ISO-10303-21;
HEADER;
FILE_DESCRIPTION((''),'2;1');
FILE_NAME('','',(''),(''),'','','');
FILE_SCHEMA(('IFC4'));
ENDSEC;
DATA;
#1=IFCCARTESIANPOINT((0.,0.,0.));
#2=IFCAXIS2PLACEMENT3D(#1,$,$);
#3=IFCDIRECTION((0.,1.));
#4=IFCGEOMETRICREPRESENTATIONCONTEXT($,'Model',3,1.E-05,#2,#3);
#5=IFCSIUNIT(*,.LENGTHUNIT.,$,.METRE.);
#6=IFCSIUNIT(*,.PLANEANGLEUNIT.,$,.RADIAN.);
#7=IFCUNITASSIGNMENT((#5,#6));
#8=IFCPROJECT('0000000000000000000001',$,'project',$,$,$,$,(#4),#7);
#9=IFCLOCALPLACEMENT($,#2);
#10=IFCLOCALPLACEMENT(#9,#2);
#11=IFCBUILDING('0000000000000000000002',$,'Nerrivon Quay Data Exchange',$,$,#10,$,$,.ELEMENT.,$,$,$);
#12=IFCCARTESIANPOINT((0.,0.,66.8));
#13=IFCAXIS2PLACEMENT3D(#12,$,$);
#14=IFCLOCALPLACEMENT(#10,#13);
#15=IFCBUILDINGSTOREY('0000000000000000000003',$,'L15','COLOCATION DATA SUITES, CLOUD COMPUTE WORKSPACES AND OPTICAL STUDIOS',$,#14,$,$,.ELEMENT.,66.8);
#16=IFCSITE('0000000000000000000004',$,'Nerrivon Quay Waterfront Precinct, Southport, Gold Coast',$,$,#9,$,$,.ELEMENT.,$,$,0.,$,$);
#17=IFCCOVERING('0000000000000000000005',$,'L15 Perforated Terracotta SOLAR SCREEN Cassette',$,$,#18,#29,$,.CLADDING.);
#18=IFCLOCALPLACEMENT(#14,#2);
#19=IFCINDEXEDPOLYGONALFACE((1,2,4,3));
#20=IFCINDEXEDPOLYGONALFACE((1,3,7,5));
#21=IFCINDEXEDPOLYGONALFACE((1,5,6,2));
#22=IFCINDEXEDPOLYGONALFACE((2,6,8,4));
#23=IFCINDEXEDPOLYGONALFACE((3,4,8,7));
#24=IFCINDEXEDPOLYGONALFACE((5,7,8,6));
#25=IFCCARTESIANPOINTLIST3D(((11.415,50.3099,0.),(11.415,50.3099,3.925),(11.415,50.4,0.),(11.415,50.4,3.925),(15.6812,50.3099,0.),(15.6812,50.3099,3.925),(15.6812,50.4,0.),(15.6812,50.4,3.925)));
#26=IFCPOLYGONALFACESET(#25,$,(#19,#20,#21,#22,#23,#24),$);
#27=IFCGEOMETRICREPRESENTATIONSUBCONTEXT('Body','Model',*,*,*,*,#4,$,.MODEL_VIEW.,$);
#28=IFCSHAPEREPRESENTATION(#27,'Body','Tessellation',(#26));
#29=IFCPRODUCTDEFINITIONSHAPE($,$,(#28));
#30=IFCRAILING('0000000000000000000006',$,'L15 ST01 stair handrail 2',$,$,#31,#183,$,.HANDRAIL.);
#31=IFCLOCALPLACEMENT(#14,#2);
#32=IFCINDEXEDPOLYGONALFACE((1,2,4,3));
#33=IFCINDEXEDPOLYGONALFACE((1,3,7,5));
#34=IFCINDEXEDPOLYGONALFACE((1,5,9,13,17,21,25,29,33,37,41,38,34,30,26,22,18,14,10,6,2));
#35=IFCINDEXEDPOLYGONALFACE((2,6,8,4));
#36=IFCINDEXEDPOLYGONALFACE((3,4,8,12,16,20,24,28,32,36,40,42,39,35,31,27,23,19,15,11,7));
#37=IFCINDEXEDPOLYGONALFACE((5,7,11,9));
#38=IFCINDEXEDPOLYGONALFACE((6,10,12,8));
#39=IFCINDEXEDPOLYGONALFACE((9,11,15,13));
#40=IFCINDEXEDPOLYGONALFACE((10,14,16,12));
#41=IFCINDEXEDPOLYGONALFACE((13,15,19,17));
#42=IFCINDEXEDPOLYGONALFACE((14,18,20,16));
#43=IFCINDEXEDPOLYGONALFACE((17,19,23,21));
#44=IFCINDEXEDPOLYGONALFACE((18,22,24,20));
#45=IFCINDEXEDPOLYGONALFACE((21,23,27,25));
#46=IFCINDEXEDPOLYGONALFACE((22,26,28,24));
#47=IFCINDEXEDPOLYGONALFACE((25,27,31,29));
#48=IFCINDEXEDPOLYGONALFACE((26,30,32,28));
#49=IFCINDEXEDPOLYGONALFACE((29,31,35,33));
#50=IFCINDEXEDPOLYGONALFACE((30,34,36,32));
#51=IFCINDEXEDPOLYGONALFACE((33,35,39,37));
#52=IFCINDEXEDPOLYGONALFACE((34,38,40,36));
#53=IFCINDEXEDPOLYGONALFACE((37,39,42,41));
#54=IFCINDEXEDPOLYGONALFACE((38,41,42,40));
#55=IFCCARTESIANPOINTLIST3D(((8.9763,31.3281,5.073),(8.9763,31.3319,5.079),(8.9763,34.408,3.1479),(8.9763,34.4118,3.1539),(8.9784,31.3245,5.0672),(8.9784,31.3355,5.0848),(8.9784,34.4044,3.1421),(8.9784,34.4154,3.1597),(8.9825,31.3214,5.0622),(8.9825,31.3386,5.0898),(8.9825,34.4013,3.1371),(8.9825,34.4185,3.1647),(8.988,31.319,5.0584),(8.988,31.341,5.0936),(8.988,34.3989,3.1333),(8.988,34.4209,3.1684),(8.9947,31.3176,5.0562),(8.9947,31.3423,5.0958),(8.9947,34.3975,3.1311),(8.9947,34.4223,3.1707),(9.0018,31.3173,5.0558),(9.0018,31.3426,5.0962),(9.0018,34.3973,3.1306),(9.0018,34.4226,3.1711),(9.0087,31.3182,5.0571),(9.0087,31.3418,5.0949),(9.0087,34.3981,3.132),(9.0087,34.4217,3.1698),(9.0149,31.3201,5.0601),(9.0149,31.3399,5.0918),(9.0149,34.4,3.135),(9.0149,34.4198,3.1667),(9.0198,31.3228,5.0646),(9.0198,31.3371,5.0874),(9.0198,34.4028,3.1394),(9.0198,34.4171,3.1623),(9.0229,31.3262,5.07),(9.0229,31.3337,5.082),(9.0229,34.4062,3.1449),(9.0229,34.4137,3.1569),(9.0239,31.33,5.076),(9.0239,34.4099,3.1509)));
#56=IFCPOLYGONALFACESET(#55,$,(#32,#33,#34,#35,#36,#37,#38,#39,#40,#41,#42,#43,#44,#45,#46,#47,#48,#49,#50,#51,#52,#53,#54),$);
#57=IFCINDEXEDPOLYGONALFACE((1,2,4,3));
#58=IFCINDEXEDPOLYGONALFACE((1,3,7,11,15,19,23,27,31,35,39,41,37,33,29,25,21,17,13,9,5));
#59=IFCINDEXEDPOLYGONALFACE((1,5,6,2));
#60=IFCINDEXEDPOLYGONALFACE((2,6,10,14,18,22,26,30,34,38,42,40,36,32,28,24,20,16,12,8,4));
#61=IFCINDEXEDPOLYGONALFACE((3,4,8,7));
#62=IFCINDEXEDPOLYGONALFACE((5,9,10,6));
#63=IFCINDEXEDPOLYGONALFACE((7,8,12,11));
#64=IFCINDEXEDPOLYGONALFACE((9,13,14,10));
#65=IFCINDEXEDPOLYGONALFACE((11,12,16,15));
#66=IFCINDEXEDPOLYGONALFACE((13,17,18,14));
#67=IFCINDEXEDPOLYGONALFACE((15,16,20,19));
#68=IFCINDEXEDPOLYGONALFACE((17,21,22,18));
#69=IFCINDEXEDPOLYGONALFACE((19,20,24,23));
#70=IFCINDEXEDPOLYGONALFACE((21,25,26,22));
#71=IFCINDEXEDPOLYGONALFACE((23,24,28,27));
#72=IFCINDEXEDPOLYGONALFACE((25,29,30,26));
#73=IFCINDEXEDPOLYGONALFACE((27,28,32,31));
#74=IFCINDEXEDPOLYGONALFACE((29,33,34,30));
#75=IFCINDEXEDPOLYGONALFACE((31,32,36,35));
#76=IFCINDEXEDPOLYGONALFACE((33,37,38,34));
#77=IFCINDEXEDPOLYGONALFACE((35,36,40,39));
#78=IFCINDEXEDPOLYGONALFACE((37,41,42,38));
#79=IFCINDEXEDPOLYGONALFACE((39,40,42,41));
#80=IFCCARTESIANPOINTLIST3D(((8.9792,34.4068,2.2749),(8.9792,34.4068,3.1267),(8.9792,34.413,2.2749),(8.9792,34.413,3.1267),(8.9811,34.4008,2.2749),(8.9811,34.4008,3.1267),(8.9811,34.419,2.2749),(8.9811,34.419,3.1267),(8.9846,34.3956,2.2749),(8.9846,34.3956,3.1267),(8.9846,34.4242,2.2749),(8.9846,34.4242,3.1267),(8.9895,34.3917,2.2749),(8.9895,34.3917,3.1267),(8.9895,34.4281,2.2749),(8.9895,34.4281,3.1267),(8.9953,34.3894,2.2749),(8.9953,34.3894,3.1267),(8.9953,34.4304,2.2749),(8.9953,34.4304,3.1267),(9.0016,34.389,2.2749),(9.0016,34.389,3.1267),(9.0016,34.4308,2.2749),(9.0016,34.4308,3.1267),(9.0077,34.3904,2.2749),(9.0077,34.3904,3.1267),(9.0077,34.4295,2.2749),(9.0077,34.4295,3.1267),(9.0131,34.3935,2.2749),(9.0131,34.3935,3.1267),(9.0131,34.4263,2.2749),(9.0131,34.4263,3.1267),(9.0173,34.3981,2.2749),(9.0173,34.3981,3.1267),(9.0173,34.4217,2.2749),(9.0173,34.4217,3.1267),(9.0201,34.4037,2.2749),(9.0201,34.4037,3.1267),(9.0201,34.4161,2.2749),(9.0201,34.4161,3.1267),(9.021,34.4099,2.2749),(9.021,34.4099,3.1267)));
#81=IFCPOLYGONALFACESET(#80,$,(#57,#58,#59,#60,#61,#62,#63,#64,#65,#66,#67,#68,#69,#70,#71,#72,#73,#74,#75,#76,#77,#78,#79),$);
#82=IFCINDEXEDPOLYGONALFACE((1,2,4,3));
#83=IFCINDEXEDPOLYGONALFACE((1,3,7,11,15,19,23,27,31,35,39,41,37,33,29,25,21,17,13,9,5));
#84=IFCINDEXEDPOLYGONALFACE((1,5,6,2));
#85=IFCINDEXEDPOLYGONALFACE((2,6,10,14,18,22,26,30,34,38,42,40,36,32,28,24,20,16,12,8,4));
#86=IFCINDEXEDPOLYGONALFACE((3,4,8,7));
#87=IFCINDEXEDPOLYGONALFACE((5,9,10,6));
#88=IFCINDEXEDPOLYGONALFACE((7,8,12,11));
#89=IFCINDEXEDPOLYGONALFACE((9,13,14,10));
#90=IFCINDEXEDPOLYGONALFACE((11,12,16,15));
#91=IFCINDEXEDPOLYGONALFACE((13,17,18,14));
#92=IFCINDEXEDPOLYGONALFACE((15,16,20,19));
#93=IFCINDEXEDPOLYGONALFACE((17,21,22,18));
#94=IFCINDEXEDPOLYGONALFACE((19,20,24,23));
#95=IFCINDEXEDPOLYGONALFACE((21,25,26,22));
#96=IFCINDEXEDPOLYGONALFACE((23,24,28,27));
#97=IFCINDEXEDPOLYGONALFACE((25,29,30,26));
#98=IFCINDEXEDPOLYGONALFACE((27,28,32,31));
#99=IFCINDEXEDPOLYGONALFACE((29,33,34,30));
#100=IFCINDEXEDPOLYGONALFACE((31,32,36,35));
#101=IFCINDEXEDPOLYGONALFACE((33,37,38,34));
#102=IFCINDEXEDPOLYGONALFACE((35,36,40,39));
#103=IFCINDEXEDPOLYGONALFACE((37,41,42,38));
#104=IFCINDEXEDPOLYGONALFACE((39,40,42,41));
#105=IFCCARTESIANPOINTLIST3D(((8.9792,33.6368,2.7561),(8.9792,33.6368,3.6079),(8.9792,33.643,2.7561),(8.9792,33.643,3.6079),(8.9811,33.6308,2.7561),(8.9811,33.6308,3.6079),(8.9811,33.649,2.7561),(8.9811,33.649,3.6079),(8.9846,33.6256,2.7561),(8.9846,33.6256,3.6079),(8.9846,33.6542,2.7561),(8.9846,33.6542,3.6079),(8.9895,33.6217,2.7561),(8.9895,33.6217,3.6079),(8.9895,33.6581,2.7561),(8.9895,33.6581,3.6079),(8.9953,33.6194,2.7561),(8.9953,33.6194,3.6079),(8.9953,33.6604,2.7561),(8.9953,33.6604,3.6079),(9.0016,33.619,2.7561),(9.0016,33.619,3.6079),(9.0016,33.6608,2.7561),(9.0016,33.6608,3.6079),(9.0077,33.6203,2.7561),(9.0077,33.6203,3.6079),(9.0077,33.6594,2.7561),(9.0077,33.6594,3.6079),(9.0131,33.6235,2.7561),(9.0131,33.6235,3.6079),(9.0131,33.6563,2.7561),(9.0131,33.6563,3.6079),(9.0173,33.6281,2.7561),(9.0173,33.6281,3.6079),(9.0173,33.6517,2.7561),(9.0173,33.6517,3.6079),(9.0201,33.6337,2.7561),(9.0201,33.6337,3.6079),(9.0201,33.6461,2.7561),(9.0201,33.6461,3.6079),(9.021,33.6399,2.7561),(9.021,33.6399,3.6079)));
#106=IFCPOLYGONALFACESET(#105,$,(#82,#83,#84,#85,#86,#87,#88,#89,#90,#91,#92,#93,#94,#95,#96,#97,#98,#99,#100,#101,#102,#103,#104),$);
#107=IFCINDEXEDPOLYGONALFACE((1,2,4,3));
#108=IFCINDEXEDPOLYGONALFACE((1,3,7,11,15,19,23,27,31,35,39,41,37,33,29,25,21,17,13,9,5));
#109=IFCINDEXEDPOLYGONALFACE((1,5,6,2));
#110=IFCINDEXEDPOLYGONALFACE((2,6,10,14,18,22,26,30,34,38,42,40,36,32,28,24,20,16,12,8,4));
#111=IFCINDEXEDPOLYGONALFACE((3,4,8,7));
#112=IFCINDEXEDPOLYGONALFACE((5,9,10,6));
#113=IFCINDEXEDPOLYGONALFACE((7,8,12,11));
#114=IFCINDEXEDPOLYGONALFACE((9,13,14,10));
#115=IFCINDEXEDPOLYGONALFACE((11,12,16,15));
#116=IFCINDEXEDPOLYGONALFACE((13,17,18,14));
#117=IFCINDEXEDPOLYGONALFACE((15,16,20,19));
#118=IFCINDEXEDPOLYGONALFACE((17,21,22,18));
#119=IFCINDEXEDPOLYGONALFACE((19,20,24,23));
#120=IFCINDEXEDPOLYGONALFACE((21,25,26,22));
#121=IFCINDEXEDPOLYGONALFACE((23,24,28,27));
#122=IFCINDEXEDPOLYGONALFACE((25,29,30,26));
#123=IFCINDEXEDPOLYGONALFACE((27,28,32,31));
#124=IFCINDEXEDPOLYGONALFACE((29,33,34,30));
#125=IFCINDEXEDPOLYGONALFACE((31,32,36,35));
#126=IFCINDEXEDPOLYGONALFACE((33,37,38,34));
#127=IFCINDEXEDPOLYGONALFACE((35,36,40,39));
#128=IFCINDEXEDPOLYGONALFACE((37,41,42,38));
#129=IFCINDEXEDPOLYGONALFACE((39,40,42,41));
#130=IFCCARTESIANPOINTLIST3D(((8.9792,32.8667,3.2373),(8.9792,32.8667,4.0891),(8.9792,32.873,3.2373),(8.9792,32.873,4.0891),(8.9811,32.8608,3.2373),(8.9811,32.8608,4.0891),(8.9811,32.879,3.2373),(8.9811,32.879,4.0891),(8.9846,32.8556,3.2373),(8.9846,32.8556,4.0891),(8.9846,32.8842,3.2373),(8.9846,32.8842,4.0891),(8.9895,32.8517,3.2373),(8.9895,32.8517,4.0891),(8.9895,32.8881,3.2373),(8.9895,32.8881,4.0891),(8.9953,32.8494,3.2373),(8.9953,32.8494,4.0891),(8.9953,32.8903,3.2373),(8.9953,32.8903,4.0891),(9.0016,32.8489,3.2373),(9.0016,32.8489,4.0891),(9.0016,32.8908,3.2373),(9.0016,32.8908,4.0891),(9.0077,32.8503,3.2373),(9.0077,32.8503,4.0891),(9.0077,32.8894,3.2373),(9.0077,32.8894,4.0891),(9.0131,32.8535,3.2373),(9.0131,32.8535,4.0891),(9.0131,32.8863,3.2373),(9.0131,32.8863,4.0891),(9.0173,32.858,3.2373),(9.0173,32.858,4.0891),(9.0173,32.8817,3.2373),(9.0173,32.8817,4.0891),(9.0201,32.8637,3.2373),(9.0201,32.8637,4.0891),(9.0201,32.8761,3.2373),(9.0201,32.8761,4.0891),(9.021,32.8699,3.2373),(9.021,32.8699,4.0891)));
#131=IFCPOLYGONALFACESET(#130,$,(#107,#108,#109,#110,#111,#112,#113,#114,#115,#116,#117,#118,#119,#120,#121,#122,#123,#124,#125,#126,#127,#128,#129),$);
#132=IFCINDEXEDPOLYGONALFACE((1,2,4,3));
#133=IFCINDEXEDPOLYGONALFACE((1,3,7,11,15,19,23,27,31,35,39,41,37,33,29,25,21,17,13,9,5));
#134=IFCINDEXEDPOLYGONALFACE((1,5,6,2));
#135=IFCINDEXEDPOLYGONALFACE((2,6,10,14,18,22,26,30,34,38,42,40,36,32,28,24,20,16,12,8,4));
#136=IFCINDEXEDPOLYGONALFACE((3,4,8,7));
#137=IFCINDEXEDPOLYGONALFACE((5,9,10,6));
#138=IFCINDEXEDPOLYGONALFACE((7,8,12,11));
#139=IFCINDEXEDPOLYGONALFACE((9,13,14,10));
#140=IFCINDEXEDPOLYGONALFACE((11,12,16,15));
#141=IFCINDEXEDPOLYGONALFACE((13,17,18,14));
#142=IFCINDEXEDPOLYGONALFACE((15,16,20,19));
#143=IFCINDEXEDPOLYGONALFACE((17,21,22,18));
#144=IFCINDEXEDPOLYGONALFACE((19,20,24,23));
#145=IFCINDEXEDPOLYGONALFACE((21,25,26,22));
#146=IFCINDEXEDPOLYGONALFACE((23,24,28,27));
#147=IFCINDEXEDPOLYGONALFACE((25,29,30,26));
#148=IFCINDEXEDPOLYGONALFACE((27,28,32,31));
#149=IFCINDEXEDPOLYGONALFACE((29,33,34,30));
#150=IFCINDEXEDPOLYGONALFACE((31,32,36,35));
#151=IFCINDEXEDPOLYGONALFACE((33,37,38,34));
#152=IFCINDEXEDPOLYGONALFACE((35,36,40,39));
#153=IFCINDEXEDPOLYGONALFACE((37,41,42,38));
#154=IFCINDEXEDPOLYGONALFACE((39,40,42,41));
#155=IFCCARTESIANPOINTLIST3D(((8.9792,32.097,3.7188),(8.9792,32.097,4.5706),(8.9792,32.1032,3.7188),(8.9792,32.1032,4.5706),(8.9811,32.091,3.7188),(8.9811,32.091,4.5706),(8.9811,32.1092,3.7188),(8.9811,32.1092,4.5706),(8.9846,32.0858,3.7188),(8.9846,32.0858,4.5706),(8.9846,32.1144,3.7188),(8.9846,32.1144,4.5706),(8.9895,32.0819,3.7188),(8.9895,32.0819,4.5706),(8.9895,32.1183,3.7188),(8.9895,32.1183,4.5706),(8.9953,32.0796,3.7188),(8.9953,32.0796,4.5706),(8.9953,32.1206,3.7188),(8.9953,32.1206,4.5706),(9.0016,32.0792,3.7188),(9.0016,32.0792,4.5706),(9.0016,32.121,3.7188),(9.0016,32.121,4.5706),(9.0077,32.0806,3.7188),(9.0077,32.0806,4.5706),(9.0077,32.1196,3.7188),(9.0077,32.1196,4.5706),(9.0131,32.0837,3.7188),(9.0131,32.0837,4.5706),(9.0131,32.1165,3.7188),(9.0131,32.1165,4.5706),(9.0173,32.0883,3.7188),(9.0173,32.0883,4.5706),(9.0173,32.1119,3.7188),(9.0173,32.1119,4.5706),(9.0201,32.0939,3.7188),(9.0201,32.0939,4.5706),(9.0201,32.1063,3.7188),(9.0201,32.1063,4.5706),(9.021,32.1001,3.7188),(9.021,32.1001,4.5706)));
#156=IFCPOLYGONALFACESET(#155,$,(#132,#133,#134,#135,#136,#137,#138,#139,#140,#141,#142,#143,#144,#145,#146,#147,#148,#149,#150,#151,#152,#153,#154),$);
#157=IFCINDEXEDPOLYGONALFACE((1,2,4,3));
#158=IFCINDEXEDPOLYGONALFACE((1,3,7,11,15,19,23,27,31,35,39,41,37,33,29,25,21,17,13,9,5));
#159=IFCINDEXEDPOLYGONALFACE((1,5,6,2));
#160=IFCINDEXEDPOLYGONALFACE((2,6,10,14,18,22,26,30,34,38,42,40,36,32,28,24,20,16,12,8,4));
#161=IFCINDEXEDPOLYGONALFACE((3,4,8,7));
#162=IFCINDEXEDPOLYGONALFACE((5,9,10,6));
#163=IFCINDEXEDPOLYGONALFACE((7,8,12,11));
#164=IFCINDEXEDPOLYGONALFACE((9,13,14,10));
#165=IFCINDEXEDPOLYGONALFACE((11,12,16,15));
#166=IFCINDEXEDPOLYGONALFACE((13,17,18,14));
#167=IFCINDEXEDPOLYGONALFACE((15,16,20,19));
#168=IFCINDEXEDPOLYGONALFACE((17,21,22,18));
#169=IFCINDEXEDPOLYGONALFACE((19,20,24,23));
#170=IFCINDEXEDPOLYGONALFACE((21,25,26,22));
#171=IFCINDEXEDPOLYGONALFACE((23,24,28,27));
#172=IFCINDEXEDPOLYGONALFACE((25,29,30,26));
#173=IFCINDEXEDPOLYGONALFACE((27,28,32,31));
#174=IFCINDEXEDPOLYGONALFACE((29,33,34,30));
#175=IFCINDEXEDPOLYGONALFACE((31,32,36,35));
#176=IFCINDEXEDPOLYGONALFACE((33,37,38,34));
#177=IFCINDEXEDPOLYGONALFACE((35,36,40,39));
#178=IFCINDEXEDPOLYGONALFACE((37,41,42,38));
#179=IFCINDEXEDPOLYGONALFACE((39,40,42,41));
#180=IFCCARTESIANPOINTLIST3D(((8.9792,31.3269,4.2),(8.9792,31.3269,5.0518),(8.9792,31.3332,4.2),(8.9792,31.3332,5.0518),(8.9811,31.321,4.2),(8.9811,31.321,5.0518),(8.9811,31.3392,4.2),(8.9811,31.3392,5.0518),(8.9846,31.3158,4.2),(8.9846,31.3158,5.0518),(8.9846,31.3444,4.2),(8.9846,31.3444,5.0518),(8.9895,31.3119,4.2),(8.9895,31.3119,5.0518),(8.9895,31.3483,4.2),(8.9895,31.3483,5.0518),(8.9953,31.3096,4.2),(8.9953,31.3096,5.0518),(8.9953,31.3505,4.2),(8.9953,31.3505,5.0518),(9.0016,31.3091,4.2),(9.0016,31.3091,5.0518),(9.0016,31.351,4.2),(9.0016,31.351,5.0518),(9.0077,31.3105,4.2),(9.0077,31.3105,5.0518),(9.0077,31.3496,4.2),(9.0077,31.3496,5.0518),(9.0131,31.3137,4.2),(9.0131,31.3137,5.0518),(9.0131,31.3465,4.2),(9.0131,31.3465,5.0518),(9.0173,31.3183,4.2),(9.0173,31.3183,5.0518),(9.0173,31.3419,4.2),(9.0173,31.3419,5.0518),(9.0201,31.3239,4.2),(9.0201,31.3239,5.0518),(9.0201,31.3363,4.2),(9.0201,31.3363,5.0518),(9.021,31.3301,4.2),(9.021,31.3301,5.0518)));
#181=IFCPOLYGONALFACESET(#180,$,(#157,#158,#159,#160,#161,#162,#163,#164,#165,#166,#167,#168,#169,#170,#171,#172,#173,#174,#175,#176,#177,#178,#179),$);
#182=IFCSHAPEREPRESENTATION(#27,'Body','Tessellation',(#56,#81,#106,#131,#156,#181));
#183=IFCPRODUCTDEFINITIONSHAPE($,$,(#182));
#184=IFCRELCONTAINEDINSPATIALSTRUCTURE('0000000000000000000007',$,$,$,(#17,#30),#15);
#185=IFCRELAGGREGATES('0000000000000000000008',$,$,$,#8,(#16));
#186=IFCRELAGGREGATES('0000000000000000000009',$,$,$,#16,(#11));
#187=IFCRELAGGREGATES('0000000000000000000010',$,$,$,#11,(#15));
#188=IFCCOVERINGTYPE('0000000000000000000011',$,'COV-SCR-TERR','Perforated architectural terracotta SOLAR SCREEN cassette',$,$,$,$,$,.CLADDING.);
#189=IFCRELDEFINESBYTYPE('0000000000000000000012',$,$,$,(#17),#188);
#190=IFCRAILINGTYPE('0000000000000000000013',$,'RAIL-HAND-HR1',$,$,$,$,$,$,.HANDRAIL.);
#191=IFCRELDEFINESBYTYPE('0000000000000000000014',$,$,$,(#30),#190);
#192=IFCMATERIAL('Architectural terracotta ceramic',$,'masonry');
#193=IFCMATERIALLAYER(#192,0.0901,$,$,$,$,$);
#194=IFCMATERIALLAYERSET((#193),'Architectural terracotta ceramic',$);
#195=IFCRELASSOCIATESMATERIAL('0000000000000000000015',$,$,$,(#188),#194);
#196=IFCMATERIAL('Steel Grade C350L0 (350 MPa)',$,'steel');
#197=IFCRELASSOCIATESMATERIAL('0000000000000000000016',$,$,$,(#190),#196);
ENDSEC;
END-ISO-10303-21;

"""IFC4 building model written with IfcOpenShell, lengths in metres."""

from ifc_helpers import new_model, si_unit, direction, frame, origin, origin_2d, place, context, subcontext, project, spatial, rectangle, circle, extrude, material, layer, layer_set, type_object, element, save


model = new_model("IFC4")

# Units and contexts
model_context = context("Model", 3, precision=1e-05, world=origin(), true_north=direction((0.0, 1.0)))
body_context = subcontext(model_context, "Body", "Model", "MODEL_VIEW")
ifc_project = project(units=[si_unit("LENGTHUNIT", "METRE"), si_unit("PLANEANGLEUNIT", "RADIAN")], contexts=[model_context])

# Site, building, storey
site_placement = place(None, origin())
site = spatial("IfcSite", under=ifc_project, at=site_placement, Name="Nerrivon Quay Waterfront Precinct, Southport, Gold Coast", CompositionType="ELEMENT", RefElevation=0.0)
building_placement = place(site_placement, origin())
building = spatial("IfcBuilding", under=site, at=building_placement, Name="Nerrivon Quay Data Exchange", CompositionType="ELEMENT")
storey_placement = place(building_placement, frame((0.0, 0.0, 66.8)))
storey = spatial("IfcBuildingStorey", under=building, at=storey_placement, Name="L15", Description="COLOCATION DATA SUITES, CLOUD COMPUTE WORKSPACES AND OPTICAL STUDIOS", CompositionType="ELEMENT", Elevation=66.8)

# Covering
ifc_material_1 = material(Name="Architectural terracotta ceramic", Category="masonry")
ifc_layer_1 = layer(ifc_material_1, 0.0901)
ifc_layer_set_1 = layer_set([ifc_layer_1], Name="Architectural terracotta ceramic")
covering_type = type_object("IfcCoveringType", Name="COV-SCR-TERR", Description="Perforated architectural terracotta SOLAR SCREEN cassette", PredefinedType="CLADDING", material=ifc_layer_set_1)
covering_placement = place(storey_placement, frame((13.5481, 50.355, 0.0), z_axis=(0.0, 0.0, 1.0), x_axis=(1.0, 0.0, 0.0)))
element("IfcCovering", 1, at=covering_placement, inside=storey, type_object=covering_type, Name="L15 Perforated Terracotta SOLAR SCREEN Cassette", PredefinedType="CLADDING", context=body_context, shape_type="SweptSolid", body=[
    extrude(rectangle(XDim=4.2661, YDim=0.0901, at=origin_2d()), origin(), (0.0, 0.0, 1.0), 3.925),
])

# Railing
ifc_material_2 = material(Name="Steel Grade C350L0 (350 MPa)", Category="steel")
railing_type_1 = type_object("IfcRailingType", Name="RAIL-HAND-HR1", PredefinedType="HANDRAIL", material=ifc_material_2)
railing_1_placement = place(storey_placement, frame((9.0, 34.4099, 2.2749)))
element("IfcRailing", 2, at=railing_1_placement, inside=storey, type_object=railing_type_1, Name="L15 ST01 stair handrail 2", PredefinedType="HANDRAIL", context=body_context, shape_type="SweptSolid", body=[
    extrude(circle(Radius=0.0239, at=origin_2d()), frame((0.0, 0.0, 0.876), z_axis=(0.0, -0.847979, 0.530029), x_axis=(1.0, 0.0, 0.0)), (0.0, 0.0, 1.0), 3.6321),
    extrude(circle(Radius=0.021, at=origin_2d()), origin(), (0.0, 0.0, 1.0), 0.8518),
    extrude(circle(Radius=0.021, at=origin_2d()), frame((0.0, -0.77, 0.4812)), (0.0, 0.0, 1.0), 0.8518),
    extrude(circle(Radius=0.021, at=origin_2d()), frame((0.0, -1.54, 0.9624)), (0.0, 0.0, 1.0), 0.8518),
    extrude(circle(Radius=0.021, at=origin_2d()), frame((0.0, -2.3098, 1.4438)), (0.0, 0.0, 1.0), 0.8518),
    extrude(circle(Radius=0.021, at=origin_2d()), frame((0.0, -3.0798, 1.925)), (0.0, 0.0, 1.0), 0.8518),
])

save(model, "model.ifc")
